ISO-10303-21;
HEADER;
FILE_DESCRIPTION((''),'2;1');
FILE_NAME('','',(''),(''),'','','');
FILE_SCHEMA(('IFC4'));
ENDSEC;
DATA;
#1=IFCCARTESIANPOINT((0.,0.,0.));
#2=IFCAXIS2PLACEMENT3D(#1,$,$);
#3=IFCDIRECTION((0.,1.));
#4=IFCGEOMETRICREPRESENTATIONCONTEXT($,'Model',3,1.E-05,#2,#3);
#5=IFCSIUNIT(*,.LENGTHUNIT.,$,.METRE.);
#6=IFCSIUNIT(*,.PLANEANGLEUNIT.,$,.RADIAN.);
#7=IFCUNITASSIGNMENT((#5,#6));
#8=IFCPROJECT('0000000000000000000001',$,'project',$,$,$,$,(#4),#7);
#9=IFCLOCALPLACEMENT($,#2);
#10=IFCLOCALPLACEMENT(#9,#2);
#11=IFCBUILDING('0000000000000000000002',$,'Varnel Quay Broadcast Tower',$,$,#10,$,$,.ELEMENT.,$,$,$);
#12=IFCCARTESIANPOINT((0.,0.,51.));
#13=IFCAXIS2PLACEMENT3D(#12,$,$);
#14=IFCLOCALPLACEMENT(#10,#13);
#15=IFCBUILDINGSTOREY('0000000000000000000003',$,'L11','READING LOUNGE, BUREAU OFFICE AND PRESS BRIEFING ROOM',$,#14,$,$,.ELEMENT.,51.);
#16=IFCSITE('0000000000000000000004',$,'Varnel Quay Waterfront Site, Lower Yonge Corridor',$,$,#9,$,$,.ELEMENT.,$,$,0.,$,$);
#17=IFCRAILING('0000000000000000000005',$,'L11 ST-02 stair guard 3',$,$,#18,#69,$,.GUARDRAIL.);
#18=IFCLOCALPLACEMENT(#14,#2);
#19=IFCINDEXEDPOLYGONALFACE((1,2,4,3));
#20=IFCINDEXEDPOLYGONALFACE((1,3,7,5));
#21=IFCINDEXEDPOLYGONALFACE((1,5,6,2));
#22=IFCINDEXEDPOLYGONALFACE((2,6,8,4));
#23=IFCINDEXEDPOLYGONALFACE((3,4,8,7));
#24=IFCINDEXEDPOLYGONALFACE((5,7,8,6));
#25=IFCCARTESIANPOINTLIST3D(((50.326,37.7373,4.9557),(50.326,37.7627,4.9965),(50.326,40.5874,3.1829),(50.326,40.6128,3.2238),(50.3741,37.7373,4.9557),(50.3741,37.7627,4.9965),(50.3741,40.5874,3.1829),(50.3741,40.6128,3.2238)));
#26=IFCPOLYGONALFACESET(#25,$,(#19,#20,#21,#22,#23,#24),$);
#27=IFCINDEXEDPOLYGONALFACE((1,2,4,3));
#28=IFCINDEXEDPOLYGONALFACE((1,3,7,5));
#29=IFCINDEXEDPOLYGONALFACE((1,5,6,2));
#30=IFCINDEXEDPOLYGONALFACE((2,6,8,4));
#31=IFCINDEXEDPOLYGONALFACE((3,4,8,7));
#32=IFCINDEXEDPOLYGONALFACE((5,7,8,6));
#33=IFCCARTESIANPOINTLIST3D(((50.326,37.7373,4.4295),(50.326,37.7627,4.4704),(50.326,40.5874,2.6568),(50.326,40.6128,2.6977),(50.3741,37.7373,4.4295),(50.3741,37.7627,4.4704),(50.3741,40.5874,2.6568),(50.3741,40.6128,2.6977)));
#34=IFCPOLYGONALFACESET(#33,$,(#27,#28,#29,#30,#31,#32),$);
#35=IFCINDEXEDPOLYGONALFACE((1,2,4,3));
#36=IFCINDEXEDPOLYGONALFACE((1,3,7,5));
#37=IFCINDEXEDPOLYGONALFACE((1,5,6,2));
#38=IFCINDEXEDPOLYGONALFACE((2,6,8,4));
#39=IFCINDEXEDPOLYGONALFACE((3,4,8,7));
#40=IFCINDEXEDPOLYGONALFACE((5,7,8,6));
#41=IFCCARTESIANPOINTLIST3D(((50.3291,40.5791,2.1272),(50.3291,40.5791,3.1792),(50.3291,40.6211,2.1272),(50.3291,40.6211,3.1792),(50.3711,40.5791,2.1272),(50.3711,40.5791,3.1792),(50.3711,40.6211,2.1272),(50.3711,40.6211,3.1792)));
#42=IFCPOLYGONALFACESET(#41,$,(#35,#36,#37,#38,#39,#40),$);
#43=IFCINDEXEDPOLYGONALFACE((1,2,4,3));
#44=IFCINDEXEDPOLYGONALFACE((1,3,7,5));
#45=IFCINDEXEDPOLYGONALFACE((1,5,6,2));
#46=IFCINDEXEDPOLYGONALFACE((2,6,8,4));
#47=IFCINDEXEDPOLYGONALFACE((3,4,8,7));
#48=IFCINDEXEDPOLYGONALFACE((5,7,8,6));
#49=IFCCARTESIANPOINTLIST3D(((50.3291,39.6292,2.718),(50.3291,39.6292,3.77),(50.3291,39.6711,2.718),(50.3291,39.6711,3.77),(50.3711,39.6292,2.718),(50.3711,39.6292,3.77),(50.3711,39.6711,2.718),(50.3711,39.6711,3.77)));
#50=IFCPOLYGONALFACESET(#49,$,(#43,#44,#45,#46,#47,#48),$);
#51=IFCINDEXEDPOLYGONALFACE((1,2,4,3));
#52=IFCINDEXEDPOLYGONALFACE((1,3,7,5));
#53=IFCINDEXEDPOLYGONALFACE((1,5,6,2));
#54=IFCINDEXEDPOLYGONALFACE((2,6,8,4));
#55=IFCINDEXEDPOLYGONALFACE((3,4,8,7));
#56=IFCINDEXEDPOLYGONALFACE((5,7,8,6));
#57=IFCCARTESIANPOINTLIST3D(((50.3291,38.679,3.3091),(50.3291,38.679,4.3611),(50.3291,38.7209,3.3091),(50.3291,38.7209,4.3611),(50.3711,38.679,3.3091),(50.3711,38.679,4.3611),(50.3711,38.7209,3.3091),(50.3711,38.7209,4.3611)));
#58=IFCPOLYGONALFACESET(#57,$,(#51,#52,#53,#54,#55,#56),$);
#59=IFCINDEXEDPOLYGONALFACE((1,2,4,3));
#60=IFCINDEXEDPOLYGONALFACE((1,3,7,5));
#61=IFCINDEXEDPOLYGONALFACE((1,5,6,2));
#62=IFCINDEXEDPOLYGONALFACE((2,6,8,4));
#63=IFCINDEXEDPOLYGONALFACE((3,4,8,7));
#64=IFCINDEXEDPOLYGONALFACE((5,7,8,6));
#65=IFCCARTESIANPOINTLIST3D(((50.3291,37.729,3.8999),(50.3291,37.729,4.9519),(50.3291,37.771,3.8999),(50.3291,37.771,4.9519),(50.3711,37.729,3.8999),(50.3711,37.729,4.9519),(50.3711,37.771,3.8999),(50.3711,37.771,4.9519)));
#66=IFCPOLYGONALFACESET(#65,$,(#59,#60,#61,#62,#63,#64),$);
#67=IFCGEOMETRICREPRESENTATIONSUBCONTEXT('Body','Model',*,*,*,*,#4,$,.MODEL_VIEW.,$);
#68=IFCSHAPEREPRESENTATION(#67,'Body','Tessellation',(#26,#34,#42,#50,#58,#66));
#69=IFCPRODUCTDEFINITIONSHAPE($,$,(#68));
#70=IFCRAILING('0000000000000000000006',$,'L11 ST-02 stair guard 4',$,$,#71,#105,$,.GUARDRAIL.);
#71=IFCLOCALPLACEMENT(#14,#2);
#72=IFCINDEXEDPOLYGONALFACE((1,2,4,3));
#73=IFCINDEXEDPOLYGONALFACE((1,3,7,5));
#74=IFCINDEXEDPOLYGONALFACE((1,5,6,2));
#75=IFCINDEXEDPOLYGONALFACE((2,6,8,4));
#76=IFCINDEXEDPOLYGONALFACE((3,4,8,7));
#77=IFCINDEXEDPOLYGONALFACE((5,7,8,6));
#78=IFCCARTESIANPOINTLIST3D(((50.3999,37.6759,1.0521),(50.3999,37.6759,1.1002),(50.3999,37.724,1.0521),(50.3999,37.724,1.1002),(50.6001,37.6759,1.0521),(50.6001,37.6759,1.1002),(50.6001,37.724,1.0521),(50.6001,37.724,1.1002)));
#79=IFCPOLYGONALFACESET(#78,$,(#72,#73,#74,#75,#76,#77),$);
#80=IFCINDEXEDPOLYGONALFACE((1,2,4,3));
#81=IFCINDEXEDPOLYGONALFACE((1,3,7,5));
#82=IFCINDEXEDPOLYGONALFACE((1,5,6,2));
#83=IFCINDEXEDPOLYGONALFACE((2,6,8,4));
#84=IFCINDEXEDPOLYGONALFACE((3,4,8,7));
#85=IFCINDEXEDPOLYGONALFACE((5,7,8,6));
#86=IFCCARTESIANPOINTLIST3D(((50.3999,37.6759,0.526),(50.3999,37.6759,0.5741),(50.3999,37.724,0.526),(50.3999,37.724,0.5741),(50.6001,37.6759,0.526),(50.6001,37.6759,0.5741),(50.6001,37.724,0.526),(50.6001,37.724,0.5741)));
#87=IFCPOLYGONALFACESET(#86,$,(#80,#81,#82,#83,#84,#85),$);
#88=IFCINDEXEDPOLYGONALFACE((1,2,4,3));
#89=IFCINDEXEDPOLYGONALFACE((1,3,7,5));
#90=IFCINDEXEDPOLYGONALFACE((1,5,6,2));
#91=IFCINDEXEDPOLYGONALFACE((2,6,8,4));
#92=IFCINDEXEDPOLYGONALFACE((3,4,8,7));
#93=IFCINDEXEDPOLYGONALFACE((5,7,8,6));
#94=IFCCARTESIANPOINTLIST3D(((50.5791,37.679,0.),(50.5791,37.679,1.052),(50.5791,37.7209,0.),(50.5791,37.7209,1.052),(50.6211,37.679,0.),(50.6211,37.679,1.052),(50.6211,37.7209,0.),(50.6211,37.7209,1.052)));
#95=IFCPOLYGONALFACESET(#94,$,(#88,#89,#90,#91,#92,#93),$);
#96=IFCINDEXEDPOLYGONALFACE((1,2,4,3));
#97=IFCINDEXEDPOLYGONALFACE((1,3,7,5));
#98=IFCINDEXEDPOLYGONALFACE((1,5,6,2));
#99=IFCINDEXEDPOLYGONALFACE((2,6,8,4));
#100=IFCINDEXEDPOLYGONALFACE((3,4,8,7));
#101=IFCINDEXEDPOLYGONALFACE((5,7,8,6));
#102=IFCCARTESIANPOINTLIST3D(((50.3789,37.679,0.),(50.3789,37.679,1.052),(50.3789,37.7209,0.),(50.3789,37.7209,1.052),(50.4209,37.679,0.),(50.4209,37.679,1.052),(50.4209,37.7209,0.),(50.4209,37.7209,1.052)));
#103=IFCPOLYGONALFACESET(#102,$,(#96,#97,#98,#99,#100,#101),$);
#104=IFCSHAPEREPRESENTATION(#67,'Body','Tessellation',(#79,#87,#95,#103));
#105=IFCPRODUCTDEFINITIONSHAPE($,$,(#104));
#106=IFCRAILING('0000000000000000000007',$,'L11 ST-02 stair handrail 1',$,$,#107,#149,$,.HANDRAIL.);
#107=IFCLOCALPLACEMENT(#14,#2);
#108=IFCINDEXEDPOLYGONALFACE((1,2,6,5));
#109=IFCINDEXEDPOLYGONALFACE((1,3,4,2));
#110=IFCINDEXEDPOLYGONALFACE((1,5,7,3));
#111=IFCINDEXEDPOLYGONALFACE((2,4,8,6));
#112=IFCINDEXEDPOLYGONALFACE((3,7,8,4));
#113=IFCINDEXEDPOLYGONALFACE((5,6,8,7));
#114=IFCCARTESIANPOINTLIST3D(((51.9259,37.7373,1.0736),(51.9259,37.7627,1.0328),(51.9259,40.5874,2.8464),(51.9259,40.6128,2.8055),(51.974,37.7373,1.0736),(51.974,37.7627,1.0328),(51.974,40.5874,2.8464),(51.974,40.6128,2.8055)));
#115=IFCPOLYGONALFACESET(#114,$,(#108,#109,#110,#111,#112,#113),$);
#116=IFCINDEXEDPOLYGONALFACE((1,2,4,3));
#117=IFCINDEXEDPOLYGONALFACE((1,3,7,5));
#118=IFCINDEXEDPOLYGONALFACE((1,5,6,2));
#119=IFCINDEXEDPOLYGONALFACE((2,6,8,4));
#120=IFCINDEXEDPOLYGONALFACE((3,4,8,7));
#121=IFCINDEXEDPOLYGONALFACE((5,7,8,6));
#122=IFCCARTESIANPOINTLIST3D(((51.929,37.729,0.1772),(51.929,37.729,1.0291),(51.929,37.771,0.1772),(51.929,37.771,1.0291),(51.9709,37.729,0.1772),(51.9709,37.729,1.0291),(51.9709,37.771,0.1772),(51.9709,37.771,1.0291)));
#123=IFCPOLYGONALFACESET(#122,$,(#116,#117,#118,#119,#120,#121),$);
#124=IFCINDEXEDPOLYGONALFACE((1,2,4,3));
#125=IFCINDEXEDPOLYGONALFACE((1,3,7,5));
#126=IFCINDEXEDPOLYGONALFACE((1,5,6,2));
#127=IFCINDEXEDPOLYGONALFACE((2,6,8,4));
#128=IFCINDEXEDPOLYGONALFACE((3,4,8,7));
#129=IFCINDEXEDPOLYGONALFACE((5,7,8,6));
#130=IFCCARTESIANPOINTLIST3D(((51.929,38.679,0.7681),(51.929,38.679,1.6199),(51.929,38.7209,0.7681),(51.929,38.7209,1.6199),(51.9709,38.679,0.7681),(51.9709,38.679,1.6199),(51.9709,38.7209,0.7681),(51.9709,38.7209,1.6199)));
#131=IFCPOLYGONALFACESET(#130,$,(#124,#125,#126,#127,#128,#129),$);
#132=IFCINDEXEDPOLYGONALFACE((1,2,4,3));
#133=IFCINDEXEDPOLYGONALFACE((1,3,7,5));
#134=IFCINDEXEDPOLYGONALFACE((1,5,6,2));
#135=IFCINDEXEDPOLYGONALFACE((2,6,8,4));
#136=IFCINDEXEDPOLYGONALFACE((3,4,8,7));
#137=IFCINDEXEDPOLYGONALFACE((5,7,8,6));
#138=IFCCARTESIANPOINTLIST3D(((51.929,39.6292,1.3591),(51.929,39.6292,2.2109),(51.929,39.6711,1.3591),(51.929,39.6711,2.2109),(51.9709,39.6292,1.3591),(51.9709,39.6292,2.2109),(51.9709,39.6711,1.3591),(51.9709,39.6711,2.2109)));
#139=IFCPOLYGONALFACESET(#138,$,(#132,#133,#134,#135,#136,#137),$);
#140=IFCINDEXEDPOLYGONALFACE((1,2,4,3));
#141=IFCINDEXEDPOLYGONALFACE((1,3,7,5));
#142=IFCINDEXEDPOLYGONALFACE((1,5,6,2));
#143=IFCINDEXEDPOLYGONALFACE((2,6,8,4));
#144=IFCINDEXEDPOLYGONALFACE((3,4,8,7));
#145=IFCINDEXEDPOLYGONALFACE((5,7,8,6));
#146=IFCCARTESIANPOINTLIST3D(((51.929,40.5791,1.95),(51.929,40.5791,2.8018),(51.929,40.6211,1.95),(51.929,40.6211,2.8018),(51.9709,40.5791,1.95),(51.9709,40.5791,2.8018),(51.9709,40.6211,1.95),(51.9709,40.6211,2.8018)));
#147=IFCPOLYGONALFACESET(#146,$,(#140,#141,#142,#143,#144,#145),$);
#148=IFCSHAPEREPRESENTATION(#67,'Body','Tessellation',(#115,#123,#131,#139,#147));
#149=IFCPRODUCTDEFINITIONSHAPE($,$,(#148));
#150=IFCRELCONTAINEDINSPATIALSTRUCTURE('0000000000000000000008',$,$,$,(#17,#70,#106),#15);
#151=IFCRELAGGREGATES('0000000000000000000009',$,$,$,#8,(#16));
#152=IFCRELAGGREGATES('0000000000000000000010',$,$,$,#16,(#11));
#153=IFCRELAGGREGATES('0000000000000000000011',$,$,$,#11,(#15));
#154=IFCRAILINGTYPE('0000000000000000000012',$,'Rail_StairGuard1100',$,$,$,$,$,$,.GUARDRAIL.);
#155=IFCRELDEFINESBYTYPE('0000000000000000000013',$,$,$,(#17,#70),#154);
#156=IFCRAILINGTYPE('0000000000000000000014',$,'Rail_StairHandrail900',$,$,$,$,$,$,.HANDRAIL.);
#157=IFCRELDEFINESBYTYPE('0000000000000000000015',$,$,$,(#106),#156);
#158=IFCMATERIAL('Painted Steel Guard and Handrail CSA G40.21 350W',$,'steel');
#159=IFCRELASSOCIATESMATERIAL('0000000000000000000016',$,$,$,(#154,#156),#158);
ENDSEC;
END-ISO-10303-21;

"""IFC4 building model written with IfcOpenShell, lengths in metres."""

from ifc_helpers import new_model, si_unit, direction, frame, origin, origin_2d, place, context, subcontext, project, spatial, rectangle, extrude, material, type_object, element, save


model = new_model("IFC4")

# Units and contexts
model_context = context("Model", 3, precision=1e-05, world=origin(), true_north=direction((0.0, 1.0)))
body_context = subcontext(model_context, "Body", "Model", "MODEL_VIEW")
ifc_project = project(units=[si_unit("LENGTHUNIT", "METRE"), si_unit("PLANEANGLEUNIT", "RADIAN")], contexts=[model_context])

# Site, building, storey
site_placement = place(None, origin())
site = spatial("IfcSite", under=ifc_project, at=site_placement, Name="Varnel Quay Waterfront Site, Lower Yonge Corridor", CompositionType="ELEMENT", RefElevation=0.0)
building_placement = place(site_placement, origin())
building = spatial("IfcBuilding", under=site, at=building_placement, Name="Varnel Quay Broadcast Tower", CompositionType="ELEMENT")
storey_placement = place(building_placement, frame((0.0, 0.0, 51.0)))
storey = spatial("IfcBuildingStorey", under=building, at=storey_placement, Name="L11", Description="READING LOUNGE, BUREAU OFFICE AND PRESS BRIEFING ROOM", CompositionType="ELEMENT", Elevation=51.0)

# Railings
ifc_material_1 = material(Name="Painted Steel Guard and Handrail CSA G40.21 350W", Category="steel")
railing_type_1 = type_object("IfcRailingType", Name="Rail_StairGuard1100", PredefinedType="GUARDRAIL", material=ifc_material_1)
railing_1_placement = place(storey_placement, frame((50.3501, 40.6001, 2.1272)))
element("IfcRailing", 1, at=railing_1_placement, inside=storey, type_object=railing_type_1, Name="L11 ST-02 stair guard 3", PredefinedType="GUARDRAIL", context=body_context, shape_type="SweptSolid", body=[
    extrude(rectangle(XDim=0.0481, YDim=0.0481, at=origin_2d()), frame((0.0, 0.0, 1.0762), z_axis=(0.0, -0.849149, 0.528154), x_axis=(1.0, 0.0, 0.0)), (0.0, 0.0, 1.0), 3.3564),
    extrude(rectangle(XDim=0.0481, YDim=0.0481, at=origin_2d()), frame((0.0, 0.0, 0.55), z_axis=(0.0, -0.849149, 0.528154), x_axis=(1.0, 0.0, 0.0)), (0.0, 0.0, 1.0), 3.3564),
    extrude(rectangle(XDim=0.042, YDim=0.042, at=origin_2d()), origin(), (0.0, 0.0, 1.0), 1.052),
    extrude(rectangle(XDim=0.042, YDim=0.042, at=origin_2d()), frame((0.0, -0.95, 0.5908)), (0.0, 0.0, 1.0), 1.052),
    extrude(rectangle(XDim=0.042, YDim=0.042, at=origin_2d()), frame((0.0, -1.9001, 1.1819)), (0.0, 0.0, 1.0), 1.052),
    extrude(rectangle(XDim=0.042, YDim=0.042, at=origin_2d()), frame((0.0, -2.8501, 1.7727)), (0.0, 0.0, 1.0), 1.052),
])
railing_2_placement = place(storey_placement, frame((50.6001, 37.7, 0.0)))
element("IfcRailing", 2, at=railing_2_placement, inside=storey, type_object=railing_type_1, Name="L11 ST-02 stair guard 4", PredefinedType="GUARDRAIL", context=body_context, shape_type="SweptSolid", body=[
    extrude(rectangle(XDim=0.0481, YDim=0.0481, at=origin_2d()), frame((0.0, 0.0, 1.0762), z_axis=(-1.0, 0.0, 0.0), x_axis=(0.0, -1.0, 0.0)), (0.0, 0.0, 1.0), 0.2002),
    extrude(rectangle(XDim=0.0481, YDim=0.0481, at=origin_2d()), frame((0.0, 0.0, 0.55), z_axis=(-1.0, 0.0, 0.0), x_axis=(0.0, -1.0, 0.0)), (0.0, 0.0, 1.0), 0.2002),
    extrude(rectangle(XDim=0.042, YDim=0.042, at=origin_2d()), origin(), (0.0, 0.0, 1.0), 1.052),
    extrude(rectangle(XDim=0.042, YDim=0.042, at=origin_2d()), frame((-0.2002, 0.0, 0.0)), (0.0, 0.0, 1.0), 1.052),
])
railing_type_2 = type_object("IfcRailingType", Name="Rail_StairHandrail900", PredefinedType="HANDRAIL", material=ifc_material_1)
railing_3_placement = place(storey_placement, frame((51.95, 37.75, 0.1772)))
element("IfcRailing", 3, at=railing_3_placement, inside=storey, type_object=railing_type_2, Name="L11 ST-02 stair handrail 1", PredefinedType="HANDRAIL", context=body_context, shape_type="SweptSolid", body=[
    extrude(rectangle(XDim=0.0481, YDim=0.0481, at=origin_2d()), frame((0.0, 0.0, 0.876), z_axis=(0.0, 0.849149, 0.528154), x_axis=(-1.0, 0.0, 0.0)), (0.0, 0.0, 1.0), 3.3564),
    extrude(rectangle(XDim=0.042, YDim=0.042, at=origin_2d()), origin(), (0.0, 0.0, 1.0), 0.8518),
    extrude(rectangle(XDim=0.042, YDim=0.042, at=origin_2d()), frame((0.0, 0.95, 0.5908)), (0.0, 0.0, 1.0), 0.8518),
    extrude(rectangle(XDim=0.042, YDim=0.042, at=origin_2d()), frame((0.0, 1.9001, 1.1819)), (0.0, 0.0, 1.0), 0.8518),
    extrude(rectangle(XDim=0.042, YDim=0.042, at=origin_2d()), frame((0.0, 2.8501, 1.7727)), (0.0, 0.0, 1.0), 0.8518),
])

save(model, "model.ifc")
